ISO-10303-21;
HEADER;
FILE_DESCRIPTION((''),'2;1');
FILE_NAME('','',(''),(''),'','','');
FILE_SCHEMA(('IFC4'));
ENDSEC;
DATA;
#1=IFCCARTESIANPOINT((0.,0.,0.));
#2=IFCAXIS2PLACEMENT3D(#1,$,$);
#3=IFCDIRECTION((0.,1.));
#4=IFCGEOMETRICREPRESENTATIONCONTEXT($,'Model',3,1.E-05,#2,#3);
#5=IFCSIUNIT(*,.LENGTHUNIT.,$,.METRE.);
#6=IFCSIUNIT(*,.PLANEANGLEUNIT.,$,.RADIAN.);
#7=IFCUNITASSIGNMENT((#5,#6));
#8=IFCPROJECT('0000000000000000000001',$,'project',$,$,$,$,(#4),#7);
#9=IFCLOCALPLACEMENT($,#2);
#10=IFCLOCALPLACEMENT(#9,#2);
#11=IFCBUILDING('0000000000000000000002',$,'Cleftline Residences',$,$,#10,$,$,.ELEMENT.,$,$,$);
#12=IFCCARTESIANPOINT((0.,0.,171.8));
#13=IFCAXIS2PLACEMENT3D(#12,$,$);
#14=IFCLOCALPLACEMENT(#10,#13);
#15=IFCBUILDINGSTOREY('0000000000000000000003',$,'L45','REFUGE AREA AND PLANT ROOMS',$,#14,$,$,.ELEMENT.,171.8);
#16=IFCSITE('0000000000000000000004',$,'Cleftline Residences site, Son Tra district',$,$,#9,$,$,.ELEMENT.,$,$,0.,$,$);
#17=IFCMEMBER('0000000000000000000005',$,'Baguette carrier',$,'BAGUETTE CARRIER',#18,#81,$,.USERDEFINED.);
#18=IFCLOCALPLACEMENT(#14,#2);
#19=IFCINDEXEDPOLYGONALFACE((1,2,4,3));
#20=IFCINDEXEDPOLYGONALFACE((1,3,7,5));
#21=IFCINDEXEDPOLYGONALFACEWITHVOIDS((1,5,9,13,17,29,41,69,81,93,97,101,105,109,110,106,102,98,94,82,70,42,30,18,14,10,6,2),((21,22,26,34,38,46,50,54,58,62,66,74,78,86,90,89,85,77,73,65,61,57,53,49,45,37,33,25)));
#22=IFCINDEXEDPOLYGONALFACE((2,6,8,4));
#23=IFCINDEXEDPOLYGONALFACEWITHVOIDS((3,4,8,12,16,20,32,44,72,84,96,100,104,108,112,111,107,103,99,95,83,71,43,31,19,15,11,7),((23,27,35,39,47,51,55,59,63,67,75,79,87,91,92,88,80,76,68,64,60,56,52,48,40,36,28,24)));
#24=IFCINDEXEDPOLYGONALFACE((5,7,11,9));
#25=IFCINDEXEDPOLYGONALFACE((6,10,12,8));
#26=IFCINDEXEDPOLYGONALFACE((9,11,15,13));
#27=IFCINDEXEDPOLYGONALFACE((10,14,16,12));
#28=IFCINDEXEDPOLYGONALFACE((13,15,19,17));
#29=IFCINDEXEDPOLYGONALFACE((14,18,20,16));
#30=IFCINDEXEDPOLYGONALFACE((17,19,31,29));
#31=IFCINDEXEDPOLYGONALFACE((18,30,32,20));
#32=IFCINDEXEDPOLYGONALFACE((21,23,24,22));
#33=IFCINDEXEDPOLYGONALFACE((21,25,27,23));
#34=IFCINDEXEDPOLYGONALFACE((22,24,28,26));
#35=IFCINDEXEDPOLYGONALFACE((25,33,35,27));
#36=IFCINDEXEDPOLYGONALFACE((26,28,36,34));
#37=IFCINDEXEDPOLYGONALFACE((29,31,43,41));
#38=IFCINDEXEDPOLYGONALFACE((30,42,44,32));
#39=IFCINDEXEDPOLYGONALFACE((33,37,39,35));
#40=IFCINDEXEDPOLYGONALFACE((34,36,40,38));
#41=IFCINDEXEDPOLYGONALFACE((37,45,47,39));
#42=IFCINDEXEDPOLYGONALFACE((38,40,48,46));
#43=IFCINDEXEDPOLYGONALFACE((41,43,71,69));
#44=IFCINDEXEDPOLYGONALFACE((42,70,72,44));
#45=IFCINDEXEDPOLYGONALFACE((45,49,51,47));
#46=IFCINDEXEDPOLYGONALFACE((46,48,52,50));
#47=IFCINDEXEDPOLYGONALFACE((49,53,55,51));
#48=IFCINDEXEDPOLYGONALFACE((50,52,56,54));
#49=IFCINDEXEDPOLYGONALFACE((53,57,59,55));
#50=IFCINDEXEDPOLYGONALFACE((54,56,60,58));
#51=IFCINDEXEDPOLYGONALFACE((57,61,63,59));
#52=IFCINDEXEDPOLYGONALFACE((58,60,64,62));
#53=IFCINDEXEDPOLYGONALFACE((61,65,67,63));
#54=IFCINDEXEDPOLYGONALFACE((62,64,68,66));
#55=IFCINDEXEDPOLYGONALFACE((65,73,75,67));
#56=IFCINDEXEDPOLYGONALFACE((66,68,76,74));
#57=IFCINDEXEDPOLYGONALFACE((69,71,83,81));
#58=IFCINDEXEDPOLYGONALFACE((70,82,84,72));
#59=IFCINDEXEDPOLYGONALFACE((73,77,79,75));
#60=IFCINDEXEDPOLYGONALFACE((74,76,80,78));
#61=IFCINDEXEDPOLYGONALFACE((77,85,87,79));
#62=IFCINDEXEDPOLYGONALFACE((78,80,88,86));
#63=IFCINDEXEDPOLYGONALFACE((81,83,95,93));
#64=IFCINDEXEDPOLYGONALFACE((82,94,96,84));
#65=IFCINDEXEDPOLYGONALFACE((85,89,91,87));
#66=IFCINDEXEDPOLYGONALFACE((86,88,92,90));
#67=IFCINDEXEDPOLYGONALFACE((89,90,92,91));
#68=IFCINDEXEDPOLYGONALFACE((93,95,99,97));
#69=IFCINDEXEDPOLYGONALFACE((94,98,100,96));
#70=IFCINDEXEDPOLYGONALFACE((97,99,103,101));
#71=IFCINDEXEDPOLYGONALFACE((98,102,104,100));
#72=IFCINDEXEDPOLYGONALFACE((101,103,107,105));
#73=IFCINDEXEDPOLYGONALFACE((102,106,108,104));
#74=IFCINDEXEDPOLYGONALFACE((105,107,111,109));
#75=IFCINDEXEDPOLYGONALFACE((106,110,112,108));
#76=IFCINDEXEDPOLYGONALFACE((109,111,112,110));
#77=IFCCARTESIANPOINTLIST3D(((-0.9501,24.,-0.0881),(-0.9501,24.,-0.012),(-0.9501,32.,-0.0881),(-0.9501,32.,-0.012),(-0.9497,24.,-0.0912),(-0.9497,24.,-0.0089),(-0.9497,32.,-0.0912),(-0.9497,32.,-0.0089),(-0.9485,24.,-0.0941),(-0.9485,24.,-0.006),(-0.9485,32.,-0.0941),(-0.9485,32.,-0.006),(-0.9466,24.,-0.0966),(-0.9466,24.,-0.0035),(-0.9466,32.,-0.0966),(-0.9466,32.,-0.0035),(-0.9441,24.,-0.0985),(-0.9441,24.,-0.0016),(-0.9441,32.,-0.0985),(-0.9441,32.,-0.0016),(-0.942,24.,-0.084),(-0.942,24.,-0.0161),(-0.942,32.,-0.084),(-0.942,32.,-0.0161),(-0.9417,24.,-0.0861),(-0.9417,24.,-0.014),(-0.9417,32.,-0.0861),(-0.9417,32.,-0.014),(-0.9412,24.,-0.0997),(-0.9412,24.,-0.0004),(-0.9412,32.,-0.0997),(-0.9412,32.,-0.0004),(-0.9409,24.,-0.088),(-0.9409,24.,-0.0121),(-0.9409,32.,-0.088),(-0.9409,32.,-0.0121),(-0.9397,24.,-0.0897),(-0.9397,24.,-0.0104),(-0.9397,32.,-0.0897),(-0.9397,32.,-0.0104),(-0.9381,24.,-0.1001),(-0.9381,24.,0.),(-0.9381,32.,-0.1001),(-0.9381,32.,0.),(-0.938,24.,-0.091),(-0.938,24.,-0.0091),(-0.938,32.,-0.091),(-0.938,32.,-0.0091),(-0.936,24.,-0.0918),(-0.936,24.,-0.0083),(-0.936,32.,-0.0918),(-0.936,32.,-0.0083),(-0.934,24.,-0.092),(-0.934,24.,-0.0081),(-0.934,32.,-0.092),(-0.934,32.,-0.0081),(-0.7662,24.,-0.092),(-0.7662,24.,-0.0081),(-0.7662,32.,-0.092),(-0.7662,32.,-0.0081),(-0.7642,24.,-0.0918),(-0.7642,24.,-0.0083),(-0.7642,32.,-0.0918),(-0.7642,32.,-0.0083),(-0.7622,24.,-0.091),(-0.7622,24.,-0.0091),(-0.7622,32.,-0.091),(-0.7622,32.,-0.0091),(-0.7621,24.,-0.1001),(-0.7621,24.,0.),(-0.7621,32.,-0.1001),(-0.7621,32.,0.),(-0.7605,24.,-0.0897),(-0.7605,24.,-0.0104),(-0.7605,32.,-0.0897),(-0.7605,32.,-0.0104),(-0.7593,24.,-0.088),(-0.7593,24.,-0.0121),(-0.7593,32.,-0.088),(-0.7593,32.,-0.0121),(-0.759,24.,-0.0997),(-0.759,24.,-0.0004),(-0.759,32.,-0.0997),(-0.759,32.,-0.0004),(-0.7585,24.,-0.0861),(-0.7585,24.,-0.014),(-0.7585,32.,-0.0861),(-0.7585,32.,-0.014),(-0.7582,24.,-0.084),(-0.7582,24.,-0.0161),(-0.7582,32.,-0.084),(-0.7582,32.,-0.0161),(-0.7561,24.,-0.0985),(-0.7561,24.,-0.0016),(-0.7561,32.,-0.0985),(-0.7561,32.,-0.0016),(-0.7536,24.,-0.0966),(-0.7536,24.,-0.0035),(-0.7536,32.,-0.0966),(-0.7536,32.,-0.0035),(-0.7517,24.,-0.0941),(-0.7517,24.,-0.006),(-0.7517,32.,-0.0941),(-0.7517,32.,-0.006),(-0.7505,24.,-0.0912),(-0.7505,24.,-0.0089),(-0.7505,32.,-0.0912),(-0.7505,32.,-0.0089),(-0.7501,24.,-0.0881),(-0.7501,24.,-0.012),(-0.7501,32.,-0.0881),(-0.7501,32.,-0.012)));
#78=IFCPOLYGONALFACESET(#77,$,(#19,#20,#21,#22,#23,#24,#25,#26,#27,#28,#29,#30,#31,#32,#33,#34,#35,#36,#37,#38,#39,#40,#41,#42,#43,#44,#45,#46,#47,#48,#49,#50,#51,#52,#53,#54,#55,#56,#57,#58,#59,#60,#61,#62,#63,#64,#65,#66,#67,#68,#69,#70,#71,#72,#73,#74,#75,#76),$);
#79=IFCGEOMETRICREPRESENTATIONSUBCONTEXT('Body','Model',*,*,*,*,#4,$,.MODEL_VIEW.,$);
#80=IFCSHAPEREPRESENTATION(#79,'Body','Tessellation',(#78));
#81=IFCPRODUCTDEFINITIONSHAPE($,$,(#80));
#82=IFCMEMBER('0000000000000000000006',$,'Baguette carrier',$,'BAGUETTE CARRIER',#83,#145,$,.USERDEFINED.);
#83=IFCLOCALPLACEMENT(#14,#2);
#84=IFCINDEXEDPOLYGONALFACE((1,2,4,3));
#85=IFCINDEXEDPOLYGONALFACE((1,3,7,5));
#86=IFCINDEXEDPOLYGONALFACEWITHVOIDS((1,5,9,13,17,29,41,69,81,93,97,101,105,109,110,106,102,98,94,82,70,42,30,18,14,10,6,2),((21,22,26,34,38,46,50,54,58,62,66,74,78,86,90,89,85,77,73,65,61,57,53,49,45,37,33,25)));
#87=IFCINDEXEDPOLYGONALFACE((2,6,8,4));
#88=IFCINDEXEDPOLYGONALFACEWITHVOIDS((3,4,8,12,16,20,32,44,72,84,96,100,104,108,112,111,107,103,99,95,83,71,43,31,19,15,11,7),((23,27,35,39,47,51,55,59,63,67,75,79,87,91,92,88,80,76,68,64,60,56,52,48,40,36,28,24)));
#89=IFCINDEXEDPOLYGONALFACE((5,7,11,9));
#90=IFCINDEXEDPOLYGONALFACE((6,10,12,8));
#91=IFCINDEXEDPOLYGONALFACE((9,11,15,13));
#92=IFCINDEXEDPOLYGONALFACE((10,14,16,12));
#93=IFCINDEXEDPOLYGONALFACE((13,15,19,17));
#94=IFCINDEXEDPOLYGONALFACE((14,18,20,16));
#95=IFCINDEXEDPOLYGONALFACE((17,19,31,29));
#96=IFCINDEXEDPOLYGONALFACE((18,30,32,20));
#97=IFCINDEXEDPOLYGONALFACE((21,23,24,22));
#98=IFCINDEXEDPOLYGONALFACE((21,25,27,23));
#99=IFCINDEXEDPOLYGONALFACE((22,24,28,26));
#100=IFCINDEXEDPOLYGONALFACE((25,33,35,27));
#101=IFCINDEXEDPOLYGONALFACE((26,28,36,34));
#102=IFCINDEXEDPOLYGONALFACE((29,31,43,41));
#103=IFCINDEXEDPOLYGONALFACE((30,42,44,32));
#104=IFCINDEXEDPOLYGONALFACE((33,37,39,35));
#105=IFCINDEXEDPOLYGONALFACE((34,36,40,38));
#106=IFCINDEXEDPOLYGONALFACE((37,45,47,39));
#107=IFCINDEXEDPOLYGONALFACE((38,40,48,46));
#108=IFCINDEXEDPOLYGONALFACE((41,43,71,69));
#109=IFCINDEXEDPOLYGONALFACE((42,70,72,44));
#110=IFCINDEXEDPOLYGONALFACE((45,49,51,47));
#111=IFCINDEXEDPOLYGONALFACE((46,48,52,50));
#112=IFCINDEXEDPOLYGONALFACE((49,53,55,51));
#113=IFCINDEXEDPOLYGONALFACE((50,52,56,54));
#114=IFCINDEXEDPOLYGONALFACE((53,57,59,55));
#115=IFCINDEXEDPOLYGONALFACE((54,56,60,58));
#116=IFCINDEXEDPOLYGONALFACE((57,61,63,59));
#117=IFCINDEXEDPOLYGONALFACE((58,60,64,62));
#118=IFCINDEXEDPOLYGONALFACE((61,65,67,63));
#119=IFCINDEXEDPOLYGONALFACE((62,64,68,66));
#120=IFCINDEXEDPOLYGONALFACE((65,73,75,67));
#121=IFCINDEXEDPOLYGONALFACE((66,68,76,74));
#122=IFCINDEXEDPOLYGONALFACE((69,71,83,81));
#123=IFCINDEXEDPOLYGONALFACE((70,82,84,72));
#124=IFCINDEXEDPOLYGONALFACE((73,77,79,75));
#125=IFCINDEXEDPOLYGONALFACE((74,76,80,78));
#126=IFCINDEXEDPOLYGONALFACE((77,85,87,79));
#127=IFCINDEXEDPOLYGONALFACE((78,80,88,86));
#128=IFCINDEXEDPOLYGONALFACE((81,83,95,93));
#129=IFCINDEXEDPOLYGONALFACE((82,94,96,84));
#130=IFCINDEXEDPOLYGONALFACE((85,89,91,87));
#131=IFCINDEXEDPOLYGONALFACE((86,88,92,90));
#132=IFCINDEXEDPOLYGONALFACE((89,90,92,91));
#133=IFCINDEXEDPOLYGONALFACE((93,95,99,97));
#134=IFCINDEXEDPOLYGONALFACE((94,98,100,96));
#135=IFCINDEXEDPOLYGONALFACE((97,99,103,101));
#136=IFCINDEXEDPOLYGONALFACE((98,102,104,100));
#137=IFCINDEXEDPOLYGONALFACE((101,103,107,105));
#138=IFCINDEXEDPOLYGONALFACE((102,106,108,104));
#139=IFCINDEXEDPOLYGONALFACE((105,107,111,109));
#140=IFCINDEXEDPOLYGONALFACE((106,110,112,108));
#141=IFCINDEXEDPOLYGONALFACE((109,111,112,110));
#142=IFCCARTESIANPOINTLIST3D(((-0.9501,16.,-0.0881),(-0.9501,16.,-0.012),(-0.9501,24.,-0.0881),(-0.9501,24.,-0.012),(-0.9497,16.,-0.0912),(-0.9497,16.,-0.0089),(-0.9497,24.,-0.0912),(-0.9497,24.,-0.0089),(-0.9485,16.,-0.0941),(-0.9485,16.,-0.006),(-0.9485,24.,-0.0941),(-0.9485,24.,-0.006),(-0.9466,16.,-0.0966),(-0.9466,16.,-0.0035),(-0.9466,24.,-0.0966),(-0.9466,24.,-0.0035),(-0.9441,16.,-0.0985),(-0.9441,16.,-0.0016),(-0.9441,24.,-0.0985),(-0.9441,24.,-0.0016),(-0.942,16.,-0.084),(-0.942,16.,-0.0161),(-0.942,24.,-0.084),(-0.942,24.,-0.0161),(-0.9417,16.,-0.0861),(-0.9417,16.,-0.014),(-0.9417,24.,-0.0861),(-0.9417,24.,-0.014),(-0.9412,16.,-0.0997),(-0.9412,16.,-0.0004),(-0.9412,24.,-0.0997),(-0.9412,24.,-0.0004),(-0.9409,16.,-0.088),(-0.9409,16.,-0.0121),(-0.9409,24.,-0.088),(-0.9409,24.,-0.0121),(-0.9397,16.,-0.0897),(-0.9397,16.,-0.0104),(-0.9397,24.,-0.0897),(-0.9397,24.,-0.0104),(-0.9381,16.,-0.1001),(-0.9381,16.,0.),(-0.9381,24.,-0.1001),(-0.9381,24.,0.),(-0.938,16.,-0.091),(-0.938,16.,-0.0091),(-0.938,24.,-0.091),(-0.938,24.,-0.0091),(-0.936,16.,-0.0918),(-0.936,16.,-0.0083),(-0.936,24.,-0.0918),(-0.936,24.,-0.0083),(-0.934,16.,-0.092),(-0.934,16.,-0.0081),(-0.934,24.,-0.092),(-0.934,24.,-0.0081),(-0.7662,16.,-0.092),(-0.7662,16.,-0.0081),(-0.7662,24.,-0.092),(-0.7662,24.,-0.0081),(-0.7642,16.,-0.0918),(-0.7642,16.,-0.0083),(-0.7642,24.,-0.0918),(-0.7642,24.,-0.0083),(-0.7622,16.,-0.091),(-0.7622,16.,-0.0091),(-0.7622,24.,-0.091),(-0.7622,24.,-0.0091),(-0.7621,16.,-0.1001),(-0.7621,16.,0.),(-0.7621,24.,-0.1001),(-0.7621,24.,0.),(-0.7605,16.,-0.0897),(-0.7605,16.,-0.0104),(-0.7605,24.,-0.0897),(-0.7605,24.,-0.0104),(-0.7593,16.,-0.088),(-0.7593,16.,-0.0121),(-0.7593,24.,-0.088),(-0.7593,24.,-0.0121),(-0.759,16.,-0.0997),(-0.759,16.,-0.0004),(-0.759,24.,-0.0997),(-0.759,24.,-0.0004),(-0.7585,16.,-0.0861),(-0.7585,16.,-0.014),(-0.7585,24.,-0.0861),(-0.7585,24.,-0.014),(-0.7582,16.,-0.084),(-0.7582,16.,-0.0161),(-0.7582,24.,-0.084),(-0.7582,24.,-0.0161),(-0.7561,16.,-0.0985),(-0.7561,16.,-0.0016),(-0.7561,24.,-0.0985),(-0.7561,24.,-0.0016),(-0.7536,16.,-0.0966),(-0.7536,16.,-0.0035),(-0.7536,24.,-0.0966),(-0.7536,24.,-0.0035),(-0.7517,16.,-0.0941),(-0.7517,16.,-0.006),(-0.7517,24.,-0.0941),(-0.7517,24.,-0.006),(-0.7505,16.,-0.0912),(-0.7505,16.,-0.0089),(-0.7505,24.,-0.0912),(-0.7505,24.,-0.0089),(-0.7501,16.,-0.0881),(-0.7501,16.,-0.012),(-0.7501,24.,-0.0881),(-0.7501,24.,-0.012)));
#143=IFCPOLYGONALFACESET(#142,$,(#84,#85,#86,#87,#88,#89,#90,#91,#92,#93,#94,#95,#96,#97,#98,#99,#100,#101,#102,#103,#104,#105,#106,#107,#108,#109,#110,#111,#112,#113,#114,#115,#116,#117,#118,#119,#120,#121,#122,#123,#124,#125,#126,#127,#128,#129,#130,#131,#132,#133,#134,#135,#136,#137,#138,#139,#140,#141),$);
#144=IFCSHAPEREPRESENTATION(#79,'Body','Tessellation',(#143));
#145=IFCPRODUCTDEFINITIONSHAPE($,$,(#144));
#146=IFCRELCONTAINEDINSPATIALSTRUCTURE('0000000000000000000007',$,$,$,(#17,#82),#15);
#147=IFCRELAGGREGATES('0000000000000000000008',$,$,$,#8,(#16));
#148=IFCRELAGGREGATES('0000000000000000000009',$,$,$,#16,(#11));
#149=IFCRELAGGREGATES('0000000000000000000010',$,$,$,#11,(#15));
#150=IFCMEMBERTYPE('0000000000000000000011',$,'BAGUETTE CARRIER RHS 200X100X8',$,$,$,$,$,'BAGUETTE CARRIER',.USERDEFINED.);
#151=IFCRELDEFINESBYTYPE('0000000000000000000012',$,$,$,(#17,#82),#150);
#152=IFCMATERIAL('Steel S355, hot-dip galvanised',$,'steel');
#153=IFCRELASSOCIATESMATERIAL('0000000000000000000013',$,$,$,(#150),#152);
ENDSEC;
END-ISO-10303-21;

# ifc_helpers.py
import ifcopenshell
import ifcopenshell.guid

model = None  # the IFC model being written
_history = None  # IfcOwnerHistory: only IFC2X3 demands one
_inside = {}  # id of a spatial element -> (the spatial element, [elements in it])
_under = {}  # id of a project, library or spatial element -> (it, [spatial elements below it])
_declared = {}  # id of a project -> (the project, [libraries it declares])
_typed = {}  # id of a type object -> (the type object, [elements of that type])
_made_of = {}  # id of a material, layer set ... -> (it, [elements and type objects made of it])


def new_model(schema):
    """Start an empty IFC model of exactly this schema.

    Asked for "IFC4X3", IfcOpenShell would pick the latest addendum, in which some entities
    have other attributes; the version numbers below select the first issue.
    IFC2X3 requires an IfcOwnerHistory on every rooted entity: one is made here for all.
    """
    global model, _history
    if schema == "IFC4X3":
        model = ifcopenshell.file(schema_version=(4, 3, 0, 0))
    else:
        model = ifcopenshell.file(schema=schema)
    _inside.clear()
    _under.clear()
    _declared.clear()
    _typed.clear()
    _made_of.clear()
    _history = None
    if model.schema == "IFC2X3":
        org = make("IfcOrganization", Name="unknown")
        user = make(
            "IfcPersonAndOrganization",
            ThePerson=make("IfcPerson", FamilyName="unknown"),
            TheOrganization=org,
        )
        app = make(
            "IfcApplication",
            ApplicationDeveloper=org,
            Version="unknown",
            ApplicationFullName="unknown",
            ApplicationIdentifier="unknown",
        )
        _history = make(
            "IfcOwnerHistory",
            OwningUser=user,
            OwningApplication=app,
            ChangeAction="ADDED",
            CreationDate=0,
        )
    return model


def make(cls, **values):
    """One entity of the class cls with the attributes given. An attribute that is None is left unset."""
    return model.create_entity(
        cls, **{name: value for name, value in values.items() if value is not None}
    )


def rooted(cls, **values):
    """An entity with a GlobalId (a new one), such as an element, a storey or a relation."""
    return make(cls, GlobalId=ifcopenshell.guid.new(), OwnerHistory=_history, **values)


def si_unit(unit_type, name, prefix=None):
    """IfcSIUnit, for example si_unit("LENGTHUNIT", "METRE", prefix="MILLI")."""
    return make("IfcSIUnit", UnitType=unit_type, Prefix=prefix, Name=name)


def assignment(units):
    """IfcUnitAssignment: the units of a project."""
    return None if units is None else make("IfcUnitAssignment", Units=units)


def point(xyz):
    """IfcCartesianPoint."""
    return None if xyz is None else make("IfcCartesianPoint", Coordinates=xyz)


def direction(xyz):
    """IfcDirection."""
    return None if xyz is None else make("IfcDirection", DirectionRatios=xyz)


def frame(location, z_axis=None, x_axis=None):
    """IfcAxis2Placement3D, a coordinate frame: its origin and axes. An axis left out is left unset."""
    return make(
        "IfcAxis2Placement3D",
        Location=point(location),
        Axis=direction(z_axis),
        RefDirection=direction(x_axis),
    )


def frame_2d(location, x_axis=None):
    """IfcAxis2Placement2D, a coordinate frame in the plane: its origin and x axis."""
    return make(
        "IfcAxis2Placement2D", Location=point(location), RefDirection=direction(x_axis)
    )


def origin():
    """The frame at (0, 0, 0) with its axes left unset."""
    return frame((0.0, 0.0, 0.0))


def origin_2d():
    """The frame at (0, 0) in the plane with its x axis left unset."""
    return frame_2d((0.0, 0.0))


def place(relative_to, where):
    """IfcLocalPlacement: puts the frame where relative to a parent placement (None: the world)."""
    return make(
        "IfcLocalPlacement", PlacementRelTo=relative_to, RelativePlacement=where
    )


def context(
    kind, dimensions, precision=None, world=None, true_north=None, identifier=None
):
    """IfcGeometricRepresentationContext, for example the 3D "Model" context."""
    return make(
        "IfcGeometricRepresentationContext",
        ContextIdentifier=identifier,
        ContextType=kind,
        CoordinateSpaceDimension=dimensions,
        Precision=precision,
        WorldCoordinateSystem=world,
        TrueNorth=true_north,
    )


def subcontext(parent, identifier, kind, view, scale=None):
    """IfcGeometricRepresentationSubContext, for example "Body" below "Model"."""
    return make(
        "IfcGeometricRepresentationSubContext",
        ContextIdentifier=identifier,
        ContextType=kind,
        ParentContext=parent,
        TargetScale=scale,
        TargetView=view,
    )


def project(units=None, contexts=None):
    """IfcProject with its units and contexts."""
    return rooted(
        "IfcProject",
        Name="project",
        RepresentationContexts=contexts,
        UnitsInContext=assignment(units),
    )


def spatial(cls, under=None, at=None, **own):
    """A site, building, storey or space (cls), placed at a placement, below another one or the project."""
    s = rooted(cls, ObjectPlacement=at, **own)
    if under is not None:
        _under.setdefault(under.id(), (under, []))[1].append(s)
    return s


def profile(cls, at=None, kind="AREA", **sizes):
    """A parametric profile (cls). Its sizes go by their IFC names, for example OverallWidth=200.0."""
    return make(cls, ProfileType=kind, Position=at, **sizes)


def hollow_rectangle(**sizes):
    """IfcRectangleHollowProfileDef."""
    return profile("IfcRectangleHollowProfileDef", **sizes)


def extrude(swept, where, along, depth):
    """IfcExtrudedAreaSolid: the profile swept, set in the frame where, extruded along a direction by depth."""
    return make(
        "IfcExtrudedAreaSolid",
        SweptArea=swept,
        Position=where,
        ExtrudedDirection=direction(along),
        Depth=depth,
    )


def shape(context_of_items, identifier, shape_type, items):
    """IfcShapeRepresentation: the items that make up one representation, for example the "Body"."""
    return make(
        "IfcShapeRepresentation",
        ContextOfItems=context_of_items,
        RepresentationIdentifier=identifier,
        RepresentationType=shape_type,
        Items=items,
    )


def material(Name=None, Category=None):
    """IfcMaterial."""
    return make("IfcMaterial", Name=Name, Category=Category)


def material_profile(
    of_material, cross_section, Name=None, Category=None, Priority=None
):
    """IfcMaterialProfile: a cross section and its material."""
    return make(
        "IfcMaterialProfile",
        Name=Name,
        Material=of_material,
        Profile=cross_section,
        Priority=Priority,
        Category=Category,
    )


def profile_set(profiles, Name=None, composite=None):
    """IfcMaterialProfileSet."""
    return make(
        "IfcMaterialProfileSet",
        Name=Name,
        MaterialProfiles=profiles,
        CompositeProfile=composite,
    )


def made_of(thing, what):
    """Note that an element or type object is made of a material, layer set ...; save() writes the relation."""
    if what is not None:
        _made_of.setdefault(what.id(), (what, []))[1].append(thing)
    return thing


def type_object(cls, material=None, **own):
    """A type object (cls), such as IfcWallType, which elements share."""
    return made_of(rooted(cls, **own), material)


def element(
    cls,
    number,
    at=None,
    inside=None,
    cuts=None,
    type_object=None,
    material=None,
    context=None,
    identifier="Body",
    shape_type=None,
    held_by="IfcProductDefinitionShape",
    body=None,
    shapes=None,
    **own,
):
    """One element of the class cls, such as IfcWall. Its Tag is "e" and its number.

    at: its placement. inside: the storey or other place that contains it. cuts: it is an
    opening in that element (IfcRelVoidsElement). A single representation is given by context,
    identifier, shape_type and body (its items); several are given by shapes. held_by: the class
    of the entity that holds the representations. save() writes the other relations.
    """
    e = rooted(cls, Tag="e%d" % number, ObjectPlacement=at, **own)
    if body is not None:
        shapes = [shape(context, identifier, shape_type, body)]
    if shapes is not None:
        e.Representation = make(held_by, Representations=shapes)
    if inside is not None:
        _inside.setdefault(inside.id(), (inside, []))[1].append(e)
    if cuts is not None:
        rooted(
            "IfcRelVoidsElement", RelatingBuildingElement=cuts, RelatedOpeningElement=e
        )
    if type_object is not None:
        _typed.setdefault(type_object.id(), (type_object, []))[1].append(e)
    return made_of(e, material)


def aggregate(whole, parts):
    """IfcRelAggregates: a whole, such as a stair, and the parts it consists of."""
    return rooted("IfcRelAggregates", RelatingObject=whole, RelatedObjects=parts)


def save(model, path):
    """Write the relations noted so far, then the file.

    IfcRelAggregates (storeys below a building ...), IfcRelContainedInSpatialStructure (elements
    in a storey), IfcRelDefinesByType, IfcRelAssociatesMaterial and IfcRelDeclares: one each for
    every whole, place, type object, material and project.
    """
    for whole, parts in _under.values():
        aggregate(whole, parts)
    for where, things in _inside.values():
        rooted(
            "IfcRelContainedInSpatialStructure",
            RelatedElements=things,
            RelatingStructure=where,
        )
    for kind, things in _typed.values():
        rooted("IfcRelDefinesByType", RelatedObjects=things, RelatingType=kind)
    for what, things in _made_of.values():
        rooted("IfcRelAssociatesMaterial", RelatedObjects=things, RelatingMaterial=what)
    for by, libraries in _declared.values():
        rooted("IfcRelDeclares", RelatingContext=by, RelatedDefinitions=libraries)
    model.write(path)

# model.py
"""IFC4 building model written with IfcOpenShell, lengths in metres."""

from ifc_helpers import new_model, si_unit, direction, frame, origin, origin_2d, place, context, subcontext, project, spatial, hollow_rectangle, extrude, material, material_profile, profile_set, type_object, element, save


model = new_model("IFC4")

# Units and contexts
model_context = context("Model", 3, precision=1e-05, world=origin(), true_north=direction((0.0, 1.0)))
body_context = subcontext(model_context, "Body", "Model", "MODEL_VIEW")
ifc_project = project(units=[si_unit("LENGTHUNIT", "METRE"), si_unit("PLANEANGLEUNIT", "RADIAN")], contexts=[model_context])

# Site, building, storey
site_placement = place(None, origin())
site = spatial("IfcSite", under=ifc_project, at=site_placement, Name="Cleftline Residences site, Son Tra district", CompositionType="ELEMENT", RefElevation=0.0)
building_placement = place(site_placement, origin())
building = spatial("IfcBuilding", under=site, at=building_placement, Name="Cleftline Residences", CompositionType="ELEMENT")
storey_placement = place(building_placement, frame((0.0, 0.0, 171.8)))
storey = spatial("IfcBuildingStorey", under=building, at=storey_placement, Name="L45", Description="REFUGE AREA AND PLANT ROOMS", CompositionType="ELEMENT", Elevation=171.8)

# Members
ifc_material_1 = material(Name="Steel S355, hot-dip galvanised", Category="steel")
ifc_material_profile_1 = material_profile(ifc_material_1, hollow_rectangle(XDim=0.1001, YDim=0.2, WallThickness=0.0081, InnerFilletRadius=0.0081, OuterFilletRadius=0.012, at=origin_2d()))
ifc_profile_set_1 = profile_set([ifc_material_profile_1], Name="Steel S355, hot-dip galvanised")
member_type_1 = type_object("IfcMemberType", Name="BAGUETTE CARRIER RHS 200X100X8", ElementType="BAGUETTE CARRIER", PredefinedType="USERDEFINED", material=ifc_profile_set_1)
for number, where, z_axis, x_axis, name in (
    (1, (-0.8501, 32.0, -0.05), (0.0, -1.0, 0.0), (0.0, 0.0, 1.0), "Baguette carrier"),
    (2, (-0.8501, 24.0, -0.05), (0.0, -1.0, 0.0), (0.0, 0.0, 1.0), "Baguette carrier"),
):
    element("IfcMember", number, at=place(storey_placement, frame(where, z_axis=z_axis, x_axis=x_axis)), inside=storey, type_object=member_type_1, Name=name, ObjectType="BAGUETTE CARRIER", PredefinedType="USERDEFINED", context=body_context, shape_type="SweptSolid", body=[
        extrude(hollow_rectangle(XDim=0.1001, YDim=0.2, WallThickness=0.0081, InnerFilletRadius=0.0081, OuterFilletRadius=0.012, at=origin_2d()), origin(), (0.0, 0.0, 1.0), 8.0),
    ])

save(model, "model.ifc")
